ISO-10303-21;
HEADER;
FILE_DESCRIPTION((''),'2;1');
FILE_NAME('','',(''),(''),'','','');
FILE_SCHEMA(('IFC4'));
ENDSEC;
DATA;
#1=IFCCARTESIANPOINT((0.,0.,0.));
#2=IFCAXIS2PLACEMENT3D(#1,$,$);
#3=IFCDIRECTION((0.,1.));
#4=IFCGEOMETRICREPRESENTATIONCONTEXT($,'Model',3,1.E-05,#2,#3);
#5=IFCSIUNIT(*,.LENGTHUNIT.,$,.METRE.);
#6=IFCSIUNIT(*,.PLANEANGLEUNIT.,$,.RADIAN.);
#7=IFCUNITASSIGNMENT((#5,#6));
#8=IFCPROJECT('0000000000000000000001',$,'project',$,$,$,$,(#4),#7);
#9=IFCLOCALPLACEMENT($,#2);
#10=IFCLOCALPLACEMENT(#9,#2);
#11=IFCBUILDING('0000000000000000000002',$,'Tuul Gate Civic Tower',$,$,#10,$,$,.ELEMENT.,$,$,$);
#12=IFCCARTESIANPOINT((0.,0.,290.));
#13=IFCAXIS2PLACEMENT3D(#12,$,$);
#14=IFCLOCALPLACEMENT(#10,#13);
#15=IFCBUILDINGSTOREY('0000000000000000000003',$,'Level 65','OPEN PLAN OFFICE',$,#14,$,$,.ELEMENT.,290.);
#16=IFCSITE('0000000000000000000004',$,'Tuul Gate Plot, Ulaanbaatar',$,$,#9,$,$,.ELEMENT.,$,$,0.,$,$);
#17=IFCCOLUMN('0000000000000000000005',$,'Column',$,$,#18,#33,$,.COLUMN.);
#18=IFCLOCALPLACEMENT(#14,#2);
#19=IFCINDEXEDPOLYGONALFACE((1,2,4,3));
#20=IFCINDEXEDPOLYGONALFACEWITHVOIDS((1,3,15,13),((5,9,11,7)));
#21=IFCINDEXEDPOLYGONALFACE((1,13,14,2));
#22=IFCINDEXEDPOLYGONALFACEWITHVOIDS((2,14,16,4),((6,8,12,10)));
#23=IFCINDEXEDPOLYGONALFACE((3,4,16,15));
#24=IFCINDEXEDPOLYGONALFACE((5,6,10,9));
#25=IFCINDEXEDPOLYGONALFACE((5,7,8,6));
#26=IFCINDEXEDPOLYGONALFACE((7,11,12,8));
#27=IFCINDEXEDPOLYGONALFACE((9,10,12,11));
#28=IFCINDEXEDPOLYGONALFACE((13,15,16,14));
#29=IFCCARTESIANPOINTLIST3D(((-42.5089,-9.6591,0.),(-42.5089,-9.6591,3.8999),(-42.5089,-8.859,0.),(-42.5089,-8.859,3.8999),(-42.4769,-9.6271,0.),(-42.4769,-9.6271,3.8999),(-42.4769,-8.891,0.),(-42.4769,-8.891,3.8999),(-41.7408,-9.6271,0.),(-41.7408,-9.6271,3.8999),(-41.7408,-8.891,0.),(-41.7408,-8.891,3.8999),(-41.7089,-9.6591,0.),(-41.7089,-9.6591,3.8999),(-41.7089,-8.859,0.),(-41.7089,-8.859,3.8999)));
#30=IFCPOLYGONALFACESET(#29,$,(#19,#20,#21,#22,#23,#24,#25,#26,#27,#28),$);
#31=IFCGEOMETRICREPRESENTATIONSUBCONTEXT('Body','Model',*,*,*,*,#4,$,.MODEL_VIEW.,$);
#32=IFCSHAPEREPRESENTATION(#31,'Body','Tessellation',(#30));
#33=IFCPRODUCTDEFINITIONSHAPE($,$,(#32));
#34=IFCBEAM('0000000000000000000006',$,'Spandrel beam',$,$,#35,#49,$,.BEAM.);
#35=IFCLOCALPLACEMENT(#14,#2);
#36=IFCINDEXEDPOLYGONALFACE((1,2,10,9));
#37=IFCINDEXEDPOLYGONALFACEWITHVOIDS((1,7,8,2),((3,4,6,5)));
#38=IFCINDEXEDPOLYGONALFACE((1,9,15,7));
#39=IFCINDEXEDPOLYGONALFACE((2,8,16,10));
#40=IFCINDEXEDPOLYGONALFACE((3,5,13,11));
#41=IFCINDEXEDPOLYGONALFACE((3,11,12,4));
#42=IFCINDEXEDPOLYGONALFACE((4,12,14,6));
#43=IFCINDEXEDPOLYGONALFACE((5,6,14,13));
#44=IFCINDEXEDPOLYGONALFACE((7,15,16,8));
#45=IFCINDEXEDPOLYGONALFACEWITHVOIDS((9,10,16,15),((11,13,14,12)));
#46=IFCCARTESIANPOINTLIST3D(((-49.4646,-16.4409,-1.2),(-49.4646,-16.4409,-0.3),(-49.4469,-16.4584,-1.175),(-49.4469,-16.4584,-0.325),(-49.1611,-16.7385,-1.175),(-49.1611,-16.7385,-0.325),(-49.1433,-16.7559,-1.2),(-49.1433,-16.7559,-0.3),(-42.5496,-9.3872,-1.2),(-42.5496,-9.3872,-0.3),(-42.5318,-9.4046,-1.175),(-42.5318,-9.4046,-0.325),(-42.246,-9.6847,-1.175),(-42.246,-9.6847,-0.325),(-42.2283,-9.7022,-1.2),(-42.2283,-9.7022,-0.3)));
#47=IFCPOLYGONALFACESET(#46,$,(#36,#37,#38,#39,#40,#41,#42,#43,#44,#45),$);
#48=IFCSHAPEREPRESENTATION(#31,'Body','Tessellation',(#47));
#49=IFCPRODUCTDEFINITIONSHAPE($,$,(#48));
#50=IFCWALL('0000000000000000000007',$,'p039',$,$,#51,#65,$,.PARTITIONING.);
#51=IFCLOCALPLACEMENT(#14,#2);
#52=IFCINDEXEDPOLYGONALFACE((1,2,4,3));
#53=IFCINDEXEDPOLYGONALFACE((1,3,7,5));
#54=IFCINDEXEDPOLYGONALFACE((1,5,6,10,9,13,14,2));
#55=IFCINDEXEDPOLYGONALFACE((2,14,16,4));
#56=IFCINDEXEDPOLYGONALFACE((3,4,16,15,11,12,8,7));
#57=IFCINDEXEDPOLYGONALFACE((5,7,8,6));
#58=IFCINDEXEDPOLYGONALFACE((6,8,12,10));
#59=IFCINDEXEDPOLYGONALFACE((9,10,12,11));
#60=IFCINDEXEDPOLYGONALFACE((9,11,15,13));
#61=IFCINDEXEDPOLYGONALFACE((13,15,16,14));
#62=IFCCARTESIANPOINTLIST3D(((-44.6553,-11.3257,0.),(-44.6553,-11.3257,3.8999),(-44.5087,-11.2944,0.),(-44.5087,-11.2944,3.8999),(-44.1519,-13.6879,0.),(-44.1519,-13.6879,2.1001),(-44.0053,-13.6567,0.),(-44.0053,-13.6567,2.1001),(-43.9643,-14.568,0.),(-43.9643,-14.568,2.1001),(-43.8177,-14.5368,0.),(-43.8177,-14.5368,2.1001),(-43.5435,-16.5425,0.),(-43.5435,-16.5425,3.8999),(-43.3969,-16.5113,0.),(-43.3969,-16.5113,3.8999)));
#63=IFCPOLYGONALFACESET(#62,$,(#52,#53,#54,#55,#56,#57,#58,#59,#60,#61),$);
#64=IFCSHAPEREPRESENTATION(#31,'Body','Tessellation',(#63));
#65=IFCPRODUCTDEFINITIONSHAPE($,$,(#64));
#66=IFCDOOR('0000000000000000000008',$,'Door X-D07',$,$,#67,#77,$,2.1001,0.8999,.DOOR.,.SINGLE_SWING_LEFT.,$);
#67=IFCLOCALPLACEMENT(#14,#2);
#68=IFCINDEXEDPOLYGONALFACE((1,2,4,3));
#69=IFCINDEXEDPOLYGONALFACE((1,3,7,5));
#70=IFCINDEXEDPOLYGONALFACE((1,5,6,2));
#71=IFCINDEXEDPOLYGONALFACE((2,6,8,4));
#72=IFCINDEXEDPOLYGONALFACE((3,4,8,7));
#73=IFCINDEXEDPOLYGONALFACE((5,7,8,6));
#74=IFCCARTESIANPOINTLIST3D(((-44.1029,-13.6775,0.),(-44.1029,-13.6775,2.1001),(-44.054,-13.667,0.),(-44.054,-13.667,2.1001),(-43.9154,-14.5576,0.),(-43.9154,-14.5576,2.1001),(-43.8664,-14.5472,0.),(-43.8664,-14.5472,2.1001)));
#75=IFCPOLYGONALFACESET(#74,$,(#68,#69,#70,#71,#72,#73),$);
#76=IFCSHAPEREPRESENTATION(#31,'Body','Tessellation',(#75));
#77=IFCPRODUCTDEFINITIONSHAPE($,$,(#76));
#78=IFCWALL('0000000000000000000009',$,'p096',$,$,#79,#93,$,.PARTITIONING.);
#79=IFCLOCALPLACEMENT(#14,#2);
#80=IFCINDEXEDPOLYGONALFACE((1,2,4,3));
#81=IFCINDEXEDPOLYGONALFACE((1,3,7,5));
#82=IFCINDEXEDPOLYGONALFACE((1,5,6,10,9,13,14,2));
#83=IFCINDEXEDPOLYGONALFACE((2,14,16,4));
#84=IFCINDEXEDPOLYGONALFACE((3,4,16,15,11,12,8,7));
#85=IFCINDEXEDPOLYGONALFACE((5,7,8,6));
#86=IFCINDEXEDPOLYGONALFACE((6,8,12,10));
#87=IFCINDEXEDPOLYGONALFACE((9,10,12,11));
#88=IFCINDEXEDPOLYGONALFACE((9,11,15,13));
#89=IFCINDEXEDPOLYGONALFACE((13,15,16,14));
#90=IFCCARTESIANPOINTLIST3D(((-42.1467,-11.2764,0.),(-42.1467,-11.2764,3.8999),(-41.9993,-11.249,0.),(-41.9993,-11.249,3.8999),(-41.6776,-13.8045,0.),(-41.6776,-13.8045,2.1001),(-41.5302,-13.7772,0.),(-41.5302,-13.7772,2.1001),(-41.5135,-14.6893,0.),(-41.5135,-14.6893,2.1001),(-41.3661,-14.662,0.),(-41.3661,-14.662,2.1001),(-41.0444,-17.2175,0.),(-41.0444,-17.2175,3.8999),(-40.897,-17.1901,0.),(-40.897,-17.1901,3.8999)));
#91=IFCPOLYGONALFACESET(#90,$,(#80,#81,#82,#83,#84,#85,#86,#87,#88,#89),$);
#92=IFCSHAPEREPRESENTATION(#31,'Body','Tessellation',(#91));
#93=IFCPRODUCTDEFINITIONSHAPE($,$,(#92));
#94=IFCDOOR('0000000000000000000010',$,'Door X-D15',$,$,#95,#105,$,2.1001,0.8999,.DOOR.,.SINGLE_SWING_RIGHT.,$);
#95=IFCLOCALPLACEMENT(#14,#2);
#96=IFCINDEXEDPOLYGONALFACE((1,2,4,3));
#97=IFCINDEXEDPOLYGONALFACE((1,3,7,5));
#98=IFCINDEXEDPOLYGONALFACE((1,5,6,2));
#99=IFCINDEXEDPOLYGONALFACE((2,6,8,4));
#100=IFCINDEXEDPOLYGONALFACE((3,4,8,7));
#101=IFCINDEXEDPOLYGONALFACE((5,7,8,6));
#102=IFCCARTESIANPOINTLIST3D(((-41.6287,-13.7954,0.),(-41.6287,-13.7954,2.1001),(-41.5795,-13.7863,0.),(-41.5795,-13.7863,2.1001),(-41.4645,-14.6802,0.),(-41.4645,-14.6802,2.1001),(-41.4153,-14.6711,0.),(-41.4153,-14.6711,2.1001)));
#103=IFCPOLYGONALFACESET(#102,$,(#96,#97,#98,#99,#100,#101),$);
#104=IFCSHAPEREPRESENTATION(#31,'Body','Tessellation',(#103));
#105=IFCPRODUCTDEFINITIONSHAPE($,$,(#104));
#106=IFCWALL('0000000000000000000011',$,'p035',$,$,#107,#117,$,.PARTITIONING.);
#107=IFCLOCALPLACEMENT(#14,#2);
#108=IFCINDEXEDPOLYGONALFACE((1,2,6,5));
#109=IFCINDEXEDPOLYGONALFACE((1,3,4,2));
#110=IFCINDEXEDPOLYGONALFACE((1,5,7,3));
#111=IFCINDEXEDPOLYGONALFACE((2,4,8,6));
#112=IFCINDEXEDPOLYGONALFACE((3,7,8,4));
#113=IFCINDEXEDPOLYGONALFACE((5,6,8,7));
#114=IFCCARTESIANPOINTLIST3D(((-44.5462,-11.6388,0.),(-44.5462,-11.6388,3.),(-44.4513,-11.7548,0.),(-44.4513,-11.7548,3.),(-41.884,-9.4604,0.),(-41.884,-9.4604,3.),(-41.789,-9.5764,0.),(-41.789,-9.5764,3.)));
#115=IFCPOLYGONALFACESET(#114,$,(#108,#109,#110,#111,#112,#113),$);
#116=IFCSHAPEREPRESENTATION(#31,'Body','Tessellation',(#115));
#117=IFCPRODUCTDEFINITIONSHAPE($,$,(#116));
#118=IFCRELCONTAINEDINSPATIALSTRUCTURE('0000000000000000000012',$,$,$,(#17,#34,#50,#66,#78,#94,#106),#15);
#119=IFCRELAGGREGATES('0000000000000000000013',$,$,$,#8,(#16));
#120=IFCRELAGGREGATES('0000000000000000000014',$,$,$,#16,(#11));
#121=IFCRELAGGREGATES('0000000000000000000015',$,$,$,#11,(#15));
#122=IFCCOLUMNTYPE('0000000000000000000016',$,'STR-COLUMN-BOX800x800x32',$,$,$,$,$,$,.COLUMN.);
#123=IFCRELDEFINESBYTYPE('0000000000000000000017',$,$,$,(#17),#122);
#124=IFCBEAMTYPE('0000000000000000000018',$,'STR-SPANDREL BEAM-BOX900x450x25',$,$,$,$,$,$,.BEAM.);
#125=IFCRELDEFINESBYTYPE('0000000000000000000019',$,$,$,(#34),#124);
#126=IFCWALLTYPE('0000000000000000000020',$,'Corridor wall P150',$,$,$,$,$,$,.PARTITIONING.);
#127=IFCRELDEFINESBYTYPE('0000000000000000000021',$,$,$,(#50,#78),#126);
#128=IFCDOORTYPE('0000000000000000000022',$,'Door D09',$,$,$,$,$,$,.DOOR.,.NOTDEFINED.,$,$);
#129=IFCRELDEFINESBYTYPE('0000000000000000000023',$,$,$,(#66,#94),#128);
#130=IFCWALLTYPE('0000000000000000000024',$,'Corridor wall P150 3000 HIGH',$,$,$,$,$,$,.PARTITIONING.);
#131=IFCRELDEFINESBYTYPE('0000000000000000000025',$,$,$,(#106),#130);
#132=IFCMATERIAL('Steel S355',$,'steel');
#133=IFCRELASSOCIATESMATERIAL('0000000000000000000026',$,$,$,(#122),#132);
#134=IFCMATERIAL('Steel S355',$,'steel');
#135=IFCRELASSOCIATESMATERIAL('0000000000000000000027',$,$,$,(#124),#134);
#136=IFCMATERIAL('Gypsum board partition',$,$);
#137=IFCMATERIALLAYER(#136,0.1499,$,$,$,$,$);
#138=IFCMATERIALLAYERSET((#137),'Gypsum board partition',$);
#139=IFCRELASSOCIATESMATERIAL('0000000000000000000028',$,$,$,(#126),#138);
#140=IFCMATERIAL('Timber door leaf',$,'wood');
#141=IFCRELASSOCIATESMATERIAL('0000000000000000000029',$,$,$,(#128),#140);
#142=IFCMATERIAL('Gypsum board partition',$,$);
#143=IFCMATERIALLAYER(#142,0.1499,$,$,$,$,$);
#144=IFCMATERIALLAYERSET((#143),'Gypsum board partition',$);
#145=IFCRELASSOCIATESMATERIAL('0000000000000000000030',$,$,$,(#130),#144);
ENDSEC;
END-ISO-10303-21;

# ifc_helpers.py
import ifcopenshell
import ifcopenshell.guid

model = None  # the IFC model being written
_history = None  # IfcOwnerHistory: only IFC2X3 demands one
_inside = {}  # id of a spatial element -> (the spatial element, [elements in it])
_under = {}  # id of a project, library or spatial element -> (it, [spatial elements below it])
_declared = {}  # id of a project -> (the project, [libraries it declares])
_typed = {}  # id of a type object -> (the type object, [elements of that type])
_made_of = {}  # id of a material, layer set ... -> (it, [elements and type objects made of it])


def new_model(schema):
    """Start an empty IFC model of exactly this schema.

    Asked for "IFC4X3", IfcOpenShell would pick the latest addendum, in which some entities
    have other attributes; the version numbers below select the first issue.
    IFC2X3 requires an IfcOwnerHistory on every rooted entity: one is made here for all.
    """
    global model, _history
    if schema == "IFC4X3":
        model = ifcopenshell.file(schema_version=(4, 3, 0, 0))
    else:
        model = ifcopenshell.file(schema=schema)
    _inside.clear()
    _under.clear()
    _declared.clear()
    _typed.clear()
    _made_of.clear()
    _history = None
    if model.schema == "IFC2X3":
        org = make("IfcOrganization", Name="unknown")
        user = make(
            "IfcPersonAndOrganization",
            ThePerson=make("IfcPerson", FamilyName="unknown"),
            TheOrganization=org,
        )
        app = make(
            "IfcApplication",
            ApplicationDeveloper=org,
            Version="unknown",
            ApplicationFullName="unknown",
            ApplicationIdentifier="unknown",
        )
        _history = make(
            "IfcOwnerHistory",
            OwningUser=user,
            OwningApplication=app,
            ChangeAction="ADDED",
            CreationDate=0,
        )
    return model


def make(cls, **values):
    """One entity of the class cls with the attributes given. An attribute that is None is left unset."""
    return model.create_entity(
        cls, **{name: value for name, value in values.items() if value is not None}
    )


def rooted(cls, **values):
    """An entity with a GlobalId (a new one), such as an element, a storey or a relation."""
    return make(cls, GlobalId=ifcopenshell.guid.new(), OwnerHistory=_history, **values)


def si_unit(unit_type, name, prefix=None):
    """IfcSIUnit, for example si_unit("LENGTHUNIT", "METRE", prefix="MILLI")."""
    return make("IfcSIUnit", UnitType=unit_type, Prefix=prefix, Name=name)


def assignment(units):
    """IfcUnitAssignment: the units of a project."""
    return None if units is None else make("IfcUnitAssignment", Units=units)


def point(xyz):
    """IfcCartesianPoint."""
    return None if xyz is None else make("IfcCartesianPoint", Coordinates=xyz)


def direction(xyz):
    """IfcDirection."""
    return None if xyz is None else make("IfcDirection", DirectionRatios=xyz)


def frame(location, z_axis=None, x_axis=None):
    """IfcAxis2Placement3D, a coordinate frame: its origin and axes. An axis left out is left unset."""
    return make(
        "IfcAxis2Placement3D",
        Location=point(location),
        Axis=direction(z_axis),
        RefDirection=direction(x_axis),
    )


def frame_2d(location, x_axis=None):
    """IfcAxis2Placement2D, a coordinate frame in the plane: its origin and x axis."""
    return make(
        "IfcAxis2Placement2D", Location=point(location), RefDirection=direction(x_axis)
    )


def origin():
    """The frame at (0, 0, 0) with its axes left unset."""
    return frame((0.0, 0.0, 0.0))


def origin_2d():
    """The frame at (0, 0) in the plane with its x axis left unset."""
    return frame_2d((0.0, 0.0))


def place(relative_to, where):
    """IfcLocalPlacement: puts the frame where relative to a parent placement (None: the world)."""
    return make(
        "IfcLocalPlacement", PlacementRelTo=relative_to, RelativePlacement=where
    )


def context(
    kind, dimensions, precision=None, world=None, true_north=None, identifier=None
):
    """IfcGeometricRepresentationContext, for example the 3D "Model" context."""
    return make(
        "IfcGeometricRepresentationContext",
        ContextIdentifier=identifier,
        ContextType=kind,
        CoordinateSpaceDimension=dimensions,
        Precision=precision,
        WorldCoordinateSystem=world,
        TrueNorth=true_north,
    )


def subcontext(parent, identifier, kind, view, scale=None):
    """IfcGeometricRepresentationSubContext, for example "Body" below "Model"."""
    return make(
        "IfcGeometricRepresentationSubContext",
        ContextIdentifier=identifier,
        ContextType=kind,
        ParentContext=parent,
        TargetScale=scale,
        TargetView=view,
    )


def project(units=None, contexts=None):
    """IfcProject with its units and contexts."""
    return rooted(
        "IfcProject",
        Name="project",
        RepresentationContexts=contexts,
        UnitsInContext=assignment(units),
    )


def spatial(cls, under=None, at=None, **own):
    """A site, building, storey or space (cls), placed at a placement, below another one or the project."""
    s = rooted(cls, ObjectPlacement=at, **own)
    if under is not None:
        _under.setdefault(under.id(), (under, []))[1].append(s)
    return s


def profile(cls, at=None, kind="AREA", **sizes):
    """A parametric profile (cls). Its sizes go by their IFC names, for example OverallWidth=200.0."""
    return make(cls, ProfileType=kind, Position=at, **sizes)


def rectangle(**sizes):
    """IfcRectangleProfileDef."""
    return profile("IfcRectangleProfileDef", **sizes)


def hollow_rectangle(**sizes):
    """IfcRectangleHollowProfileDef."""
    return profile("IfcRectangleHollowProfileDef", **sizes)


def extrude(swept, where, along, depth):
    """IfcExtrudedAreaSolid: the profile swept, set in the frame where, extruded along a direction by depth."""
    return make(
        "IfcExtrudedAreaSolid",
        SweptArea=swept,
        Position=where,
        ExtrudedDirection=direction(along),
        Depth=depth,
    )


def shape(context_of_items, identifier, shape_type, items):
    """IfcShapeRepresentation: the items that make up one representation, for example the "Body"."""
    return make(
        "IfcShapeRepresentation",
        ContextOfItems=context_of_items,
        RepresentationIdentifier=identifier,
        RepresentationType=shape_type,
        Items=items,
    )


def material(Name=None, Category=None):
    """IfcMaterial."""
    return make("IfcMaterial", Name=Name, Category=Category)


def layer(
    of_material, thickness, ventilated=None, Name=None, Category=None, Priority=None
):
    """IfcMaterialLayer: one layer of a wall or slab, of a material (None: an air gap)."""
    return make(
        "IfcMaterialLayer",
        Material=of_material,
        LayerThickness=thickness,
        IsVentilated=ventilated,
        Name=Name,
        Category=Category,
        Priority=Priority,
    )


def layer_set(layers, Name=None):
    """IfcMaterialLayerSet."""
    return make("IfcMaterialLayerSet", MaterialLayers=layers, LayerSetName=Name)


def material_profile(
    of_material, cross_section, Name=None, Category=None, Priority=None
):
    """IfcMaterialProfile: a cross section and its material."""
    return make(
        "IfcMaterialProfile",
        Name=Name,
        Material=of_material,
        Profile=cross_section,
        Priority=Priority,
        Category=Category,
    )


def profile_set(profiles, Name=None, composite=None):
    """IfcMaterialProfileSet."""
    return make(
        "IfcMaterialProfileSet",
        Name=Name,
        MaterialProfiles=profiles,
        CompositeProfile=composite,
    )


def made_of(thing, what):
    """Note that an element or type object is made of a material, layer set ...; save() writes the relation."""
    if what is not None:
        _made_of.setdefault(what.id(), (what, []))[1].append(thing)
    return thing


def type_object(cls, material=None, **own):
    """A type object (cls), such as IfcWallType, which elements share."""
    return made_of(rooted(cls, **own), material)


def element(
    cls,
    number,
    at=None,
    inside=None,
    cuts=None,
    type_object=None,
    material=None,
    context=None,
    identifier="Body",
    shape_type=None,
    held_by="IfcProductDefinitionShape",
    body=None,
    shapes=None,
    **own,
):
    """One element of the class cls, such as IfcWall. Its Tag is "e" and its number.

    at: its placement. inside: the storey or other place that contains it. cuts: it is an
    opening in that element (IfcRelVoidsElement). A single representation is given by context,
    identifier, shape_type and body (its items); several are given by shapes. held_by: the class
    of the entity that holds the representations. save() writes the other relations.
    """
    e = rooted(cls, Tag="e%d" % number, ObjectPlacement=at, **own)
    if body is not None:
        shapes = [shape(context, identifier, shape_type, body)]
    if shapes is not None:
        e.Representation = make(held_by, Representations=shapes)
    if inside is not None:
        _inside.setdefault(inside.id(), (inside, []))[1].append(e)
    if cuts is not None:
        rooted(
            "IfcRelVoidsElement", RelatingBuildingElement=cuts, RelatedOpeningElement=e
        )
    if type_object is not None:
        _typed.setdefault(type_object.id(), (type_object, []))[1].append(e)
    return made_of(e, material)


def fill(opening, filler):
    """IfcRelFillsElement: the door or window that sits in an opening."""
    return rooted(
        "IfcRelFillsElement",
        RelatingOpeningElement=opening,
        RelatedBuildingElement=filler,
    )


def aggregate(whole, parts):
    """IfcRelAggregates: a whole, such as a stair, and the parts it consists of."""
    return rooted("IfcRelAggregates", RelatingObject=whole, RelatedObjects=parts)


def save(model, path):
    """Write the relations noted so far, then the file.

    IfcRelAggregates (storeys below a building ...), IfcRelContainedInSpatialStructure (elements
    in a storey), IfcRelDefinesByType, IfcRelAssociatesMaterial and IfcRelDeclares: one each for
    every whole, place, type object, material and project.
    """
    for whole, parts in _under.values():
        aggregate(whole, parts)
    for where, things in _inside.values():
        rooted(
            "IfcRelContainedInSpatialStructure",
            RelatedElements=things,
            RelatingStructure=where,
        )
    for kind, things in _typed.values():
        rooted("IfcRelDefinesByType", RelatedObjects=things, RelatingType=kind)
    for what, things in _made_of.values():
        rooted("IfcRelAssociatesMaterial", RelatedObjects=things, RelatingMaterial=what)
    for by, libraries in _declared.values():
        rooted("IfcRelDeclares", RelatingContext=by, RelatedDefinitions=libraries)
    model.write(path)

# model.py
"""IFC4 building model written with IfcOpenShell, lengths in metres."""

from ifc_helpers import new_model, si_unit, direction, frame, frame_2d, origin, origin_2d, place, context, subcontext, project, spatial, rectangle, hollow_rectangle, extrude, material, layer, layer_set, material_profile, profile_set, type_object, element, fill, save


model = new_model("IFC4")

# Units and contexts
model_context = context("Model", 3, precision=1e-05, world=origin(), true_north=direction((0.0, 1.0)))
body_context = subcontext(model_context, "Body", "Model", "MODEL_VIEW")
ifc_project = project(units=[si_unit("LENGTHUNIT", "METRE"), si_unit("PLANEANGLEUNIT", "RADIAN")], contexts=[model_context])

# Site, building, storey
site_placement = place(None, origin())
site = spatial("IfcSite", under=ifc_project, at=site_placement, Name="Tuul Gate Plot, Ulaanbaatar", CompositionType="ELEMENT", RefElevation=0.0)
building_placement = place(site_placement, origin())
building = spatial("IfcBuilding", under=site, at=building_placement, Name="Tuul Gate Civic Tower", CompositionType="ELEMENT")
storey_placement = place(building_placement, frame((0.0, 0.0, 290.0)))
storey = spatial("IfcBuildingStorey", under=building, at=storey_placement, Name="Level 65", Description="OPEN PLAN OFFICE", CompositionType="ELEMENT", Elevation=290.0)

# Column
ifc_material_1 = material(Name="Steel S355", Category="steel")
ifc_material_profile_1 = material_profile(ifc_material_1, hollow_rectangle(XDim=0.8, YDim=0.8, WallThickness=0.032, at=origin_2d()), Name="BOX800x800x32")
ifc_profile_set_1 = profile_set([ifc_material_profile_1], Name="Steel S355")
column_type = type_object("IfcColumnType", Name="STR-COLUMN-BOX800x800x32", PredefinedType="COLUMN", material=ifc_profile_set_1)
column_placement = place(storey_placement, frame((-42.1089, -9.259, 0.0), z_axis=(0.0, 0.0, 1.0), x_axis=(1.0, 0.0, 0.0)))
element("IfcColumn", 1, at=column_placement, inside=storey, type_object=column_type, Name="Column", PredefinedType="COLUMN", context=body_context, shape_type="SweptSolid", body=[
    extrude(hollow_rectangle(XDim=0.8, YDim=0.8, WallThickness=0.032, at=origin_2d()), origin(), (0.0, 0.0, 1.0), 3.8999),
])

# Beam
ifc_material_2 = material(Name="Steel S355", Category="steel")
ifc_material_profile_2 = material_profile(ifc_material_2, hollow_rectangle(XDim=0.45, YDim=0.8999, WallThickness=0.0249, at=origin_2d()), Name="BOX900x450x25")
ifc_profile_set_2 = profile_set([ifc_material_profile_2], Name="Steel S355")
beam_type = type_object("IfcBeamType", Name="STR-SPANDREL BEAM-BOX900x450x25", PredefinedType="BEAM", material=ifc_profile_set_2)
beam_placement = place(storey_placement, frame((-42.3889, -9.5447, -0.75), z_axis=(-0.700053, -0.714091, 0.0), x_axis=(0.714091, -0.700053, 0.0)))
element("IfcBeam", 2, at=beam_placement, inside=storey, type_object=beam_type, Name="Spandrel beam", PredefinedType="BEAM", context=body_context, shape_type="SweptSolid", body=[
    extrude(hollow_rectangle(XDim=0.45, YDim=0.8999, WallThickness=0.0249, at=origin_2d()), origin(), (0.0, 0.0, 1.0), 9.8779),
])

# Walls, openings, doors
ifc_material_3 = material(Name="Gypsum board partition")
ifc_layer_1 = layer(ifc_material_3, 0.1499)
ifc_layer_set_1 = layer_set([ifc_layer_1], Name="Gypsum board partition")
wall_type_1 = type_object("IfcWallType", Name="Corridor wall P150", PredefinedType="PARTITIONING", material=ifc_layer_set_1)
wall_1_placement = place(storey_placement, frame((-44.582, -11.3101, 0.0), z_axis=(0.0, 0.0, 1.0), x_axis=(0.208441, -0.978035, 0.0)))
wall_1 = element("IfcWall", 3, at=wall_1_placement, inside=storey, type_object=wall_type_1, Name="p039", PredefinedType="PARTITIONING", context=body_context, shape_type="SweptSolid", body=[
    extrude(rectangle(XDim=5.334, YDim=0.1499, at=frame_2d((2.667, 0.0))), origin(), (0.0, 0.0, 1.0), 3.8999),
])
opening_1_placement = place(wall_1_placement, frame((2.4153, 0.0, 0.0)))
opening_1 = element("IfcOpeningElement", 4, at=opening_1_placement, cuts=wall_1, PredefinedType="OPENING", context=body_context, shape_type="SweptSolid", body=[
    extrude(rectangle(XDim=0.8999, YDim=2.1001, at=frame_2d((0.45, 1.05))), frame((0.0, 0.085, 0.0), z_axis=(0.0, -1.0, 0.0), x_axis=(1.0, 0.0, 0.0)), (0.0, 0.0, 1.0), 0.1699),
])
ifc_material_4 = material(Name="Timber door leaf", Category="wood")
door_type = type_object("IfcDoorType", Name="Door D09", OperationType="NOTDEFINED", PredefinedType="DOOR", material=ifc_material_4)
door_1_placement = place(opening_1_placement, frame((0.8999, 0.0, 0.0), z_axis=(0.0, 0.0, 1.0), x_axis=(-1.0, 0.0, 0.0)))
door_1 = element("IfcDoor", 5, at=door_1_placement, inside=storey, type_object=door_type, Name="Door X-D07", OperationType="SINGLE_SWING_LEFT", OverallHeight=2.1001, OverallWidth=0.8999, PredefinedType="DOOR", context=body_context, shape_type="SweptSolid", body=[
    extrude(rectangle(XDim=0.8999, YDim=2.1001, at=frame_2d((0.45, 1.05))), frame((0.0, 0.0249, 0.0), z_axis=(0.0, -1.0, 0.0), x_axis=(1.0, 0.0, 0.0)), (0.0, 0.0, 1.0), 0.05),
])
fill(opening_1, door_1)
wall_2_placement = place(storey_placement, frame((-42.073, -11.2627, 0.0), z_axis=(0.0, 0.0, 1.0), x_axis=(0.182422, -0.98322, 0.0)))
wall_2 = element("IfcWall", 6, at=wall_2_placement, inside=storey, type_object=wall_type_1, Name="p096", PredefinedType="PARTITIONING", context=body_context, shape_type="SweptSolid", body=[
    extrude(rectangle(XDim=6.0425, YDim=0.1499, at=frame_2d((3.0212, 0.0))), origin(), (0.0, 0.0, 1.0), 3.8999),
])
opening_2_placement = place(wall_2_placement, frame((2.5713, 0.0, 0.0)))
opening_2 = element("IfcOpeningElement", 7, at=opening_2_placement, cuts=wall_2, PredefinedType="OPENING", context=body_context, shape_type="SweptSolid", body=[
    extrude(rectangle(XDim=0.8999, YDim=2.1001, at=frame_2d((0.45, 1.05))), frame((0.0, 0.085, 0.0), z_axis=(0.0, -1.0, 0.0), x_axis=(1.0, 0.0, 0.0)), (0.0, 0.0, 1.0), 0.1699),
])
door_2_placement = place(opening_2_placement, origin())
door_2 = element("IfcDoor", 8, at=door_2_placement, inside=storey, type_object=door_type, Name="Door X-D15", OperationType="SINGLE_SWING_RIGHT", OverallHeight=2.1001, OverallWidth=0.8999, PredefinedType="DOOR", context=body_context, shape_type="SweptSolid", body=[
    extrude(rectangle(XDim=0.8999, YDim=2.1001, at=frame_2d((0.45, 1.05))), frame((0.0, 0.0249, 0.0), z_axis=(0.0, -1.0, 0.0), x_axis=(1.0, 0.0, 0.0)), (0.0, 0.0, 1.0), 0.05),
])
fill(opening_2, door_2)

# Wall
ifc_material_5 = material(Name="Gypsum board partition")
ifc_layer_2 = layer(ifc_material_5, 0.1499)
ifc_layer_set_2 = layer_set([ifc_layer_2], Name="Gypsum board partition")
wall_type_2 = type_object("IfcWallType", Name="Corridor wall P150 3000 HIGH", PredefinedType="PARTITIONING", material=ifc_layer_set_2)
wall_3_placement = place(storey_placement, frame((-44.4988, -11.6968, 0.0), z_axis=(0.0, 0.0, 1.0), x_axis=(0.773932, 0.633269, 0.0)))
element("IfcWall", 9, at=wall_3_placement, inside=storey, type_object=wall_type_2, Name="p035", PredefinedType="PARTITIONING", context=body_context, shape_type="SweptSolid", body=[
    extrude(rectangle(XDim=3.4399, YDim=0.1499, at=frame_2d((1.72, 0.0))), origin(), (0.0, 0.0, 1.0), 3.0),
])

save(model, "model.ifc")
